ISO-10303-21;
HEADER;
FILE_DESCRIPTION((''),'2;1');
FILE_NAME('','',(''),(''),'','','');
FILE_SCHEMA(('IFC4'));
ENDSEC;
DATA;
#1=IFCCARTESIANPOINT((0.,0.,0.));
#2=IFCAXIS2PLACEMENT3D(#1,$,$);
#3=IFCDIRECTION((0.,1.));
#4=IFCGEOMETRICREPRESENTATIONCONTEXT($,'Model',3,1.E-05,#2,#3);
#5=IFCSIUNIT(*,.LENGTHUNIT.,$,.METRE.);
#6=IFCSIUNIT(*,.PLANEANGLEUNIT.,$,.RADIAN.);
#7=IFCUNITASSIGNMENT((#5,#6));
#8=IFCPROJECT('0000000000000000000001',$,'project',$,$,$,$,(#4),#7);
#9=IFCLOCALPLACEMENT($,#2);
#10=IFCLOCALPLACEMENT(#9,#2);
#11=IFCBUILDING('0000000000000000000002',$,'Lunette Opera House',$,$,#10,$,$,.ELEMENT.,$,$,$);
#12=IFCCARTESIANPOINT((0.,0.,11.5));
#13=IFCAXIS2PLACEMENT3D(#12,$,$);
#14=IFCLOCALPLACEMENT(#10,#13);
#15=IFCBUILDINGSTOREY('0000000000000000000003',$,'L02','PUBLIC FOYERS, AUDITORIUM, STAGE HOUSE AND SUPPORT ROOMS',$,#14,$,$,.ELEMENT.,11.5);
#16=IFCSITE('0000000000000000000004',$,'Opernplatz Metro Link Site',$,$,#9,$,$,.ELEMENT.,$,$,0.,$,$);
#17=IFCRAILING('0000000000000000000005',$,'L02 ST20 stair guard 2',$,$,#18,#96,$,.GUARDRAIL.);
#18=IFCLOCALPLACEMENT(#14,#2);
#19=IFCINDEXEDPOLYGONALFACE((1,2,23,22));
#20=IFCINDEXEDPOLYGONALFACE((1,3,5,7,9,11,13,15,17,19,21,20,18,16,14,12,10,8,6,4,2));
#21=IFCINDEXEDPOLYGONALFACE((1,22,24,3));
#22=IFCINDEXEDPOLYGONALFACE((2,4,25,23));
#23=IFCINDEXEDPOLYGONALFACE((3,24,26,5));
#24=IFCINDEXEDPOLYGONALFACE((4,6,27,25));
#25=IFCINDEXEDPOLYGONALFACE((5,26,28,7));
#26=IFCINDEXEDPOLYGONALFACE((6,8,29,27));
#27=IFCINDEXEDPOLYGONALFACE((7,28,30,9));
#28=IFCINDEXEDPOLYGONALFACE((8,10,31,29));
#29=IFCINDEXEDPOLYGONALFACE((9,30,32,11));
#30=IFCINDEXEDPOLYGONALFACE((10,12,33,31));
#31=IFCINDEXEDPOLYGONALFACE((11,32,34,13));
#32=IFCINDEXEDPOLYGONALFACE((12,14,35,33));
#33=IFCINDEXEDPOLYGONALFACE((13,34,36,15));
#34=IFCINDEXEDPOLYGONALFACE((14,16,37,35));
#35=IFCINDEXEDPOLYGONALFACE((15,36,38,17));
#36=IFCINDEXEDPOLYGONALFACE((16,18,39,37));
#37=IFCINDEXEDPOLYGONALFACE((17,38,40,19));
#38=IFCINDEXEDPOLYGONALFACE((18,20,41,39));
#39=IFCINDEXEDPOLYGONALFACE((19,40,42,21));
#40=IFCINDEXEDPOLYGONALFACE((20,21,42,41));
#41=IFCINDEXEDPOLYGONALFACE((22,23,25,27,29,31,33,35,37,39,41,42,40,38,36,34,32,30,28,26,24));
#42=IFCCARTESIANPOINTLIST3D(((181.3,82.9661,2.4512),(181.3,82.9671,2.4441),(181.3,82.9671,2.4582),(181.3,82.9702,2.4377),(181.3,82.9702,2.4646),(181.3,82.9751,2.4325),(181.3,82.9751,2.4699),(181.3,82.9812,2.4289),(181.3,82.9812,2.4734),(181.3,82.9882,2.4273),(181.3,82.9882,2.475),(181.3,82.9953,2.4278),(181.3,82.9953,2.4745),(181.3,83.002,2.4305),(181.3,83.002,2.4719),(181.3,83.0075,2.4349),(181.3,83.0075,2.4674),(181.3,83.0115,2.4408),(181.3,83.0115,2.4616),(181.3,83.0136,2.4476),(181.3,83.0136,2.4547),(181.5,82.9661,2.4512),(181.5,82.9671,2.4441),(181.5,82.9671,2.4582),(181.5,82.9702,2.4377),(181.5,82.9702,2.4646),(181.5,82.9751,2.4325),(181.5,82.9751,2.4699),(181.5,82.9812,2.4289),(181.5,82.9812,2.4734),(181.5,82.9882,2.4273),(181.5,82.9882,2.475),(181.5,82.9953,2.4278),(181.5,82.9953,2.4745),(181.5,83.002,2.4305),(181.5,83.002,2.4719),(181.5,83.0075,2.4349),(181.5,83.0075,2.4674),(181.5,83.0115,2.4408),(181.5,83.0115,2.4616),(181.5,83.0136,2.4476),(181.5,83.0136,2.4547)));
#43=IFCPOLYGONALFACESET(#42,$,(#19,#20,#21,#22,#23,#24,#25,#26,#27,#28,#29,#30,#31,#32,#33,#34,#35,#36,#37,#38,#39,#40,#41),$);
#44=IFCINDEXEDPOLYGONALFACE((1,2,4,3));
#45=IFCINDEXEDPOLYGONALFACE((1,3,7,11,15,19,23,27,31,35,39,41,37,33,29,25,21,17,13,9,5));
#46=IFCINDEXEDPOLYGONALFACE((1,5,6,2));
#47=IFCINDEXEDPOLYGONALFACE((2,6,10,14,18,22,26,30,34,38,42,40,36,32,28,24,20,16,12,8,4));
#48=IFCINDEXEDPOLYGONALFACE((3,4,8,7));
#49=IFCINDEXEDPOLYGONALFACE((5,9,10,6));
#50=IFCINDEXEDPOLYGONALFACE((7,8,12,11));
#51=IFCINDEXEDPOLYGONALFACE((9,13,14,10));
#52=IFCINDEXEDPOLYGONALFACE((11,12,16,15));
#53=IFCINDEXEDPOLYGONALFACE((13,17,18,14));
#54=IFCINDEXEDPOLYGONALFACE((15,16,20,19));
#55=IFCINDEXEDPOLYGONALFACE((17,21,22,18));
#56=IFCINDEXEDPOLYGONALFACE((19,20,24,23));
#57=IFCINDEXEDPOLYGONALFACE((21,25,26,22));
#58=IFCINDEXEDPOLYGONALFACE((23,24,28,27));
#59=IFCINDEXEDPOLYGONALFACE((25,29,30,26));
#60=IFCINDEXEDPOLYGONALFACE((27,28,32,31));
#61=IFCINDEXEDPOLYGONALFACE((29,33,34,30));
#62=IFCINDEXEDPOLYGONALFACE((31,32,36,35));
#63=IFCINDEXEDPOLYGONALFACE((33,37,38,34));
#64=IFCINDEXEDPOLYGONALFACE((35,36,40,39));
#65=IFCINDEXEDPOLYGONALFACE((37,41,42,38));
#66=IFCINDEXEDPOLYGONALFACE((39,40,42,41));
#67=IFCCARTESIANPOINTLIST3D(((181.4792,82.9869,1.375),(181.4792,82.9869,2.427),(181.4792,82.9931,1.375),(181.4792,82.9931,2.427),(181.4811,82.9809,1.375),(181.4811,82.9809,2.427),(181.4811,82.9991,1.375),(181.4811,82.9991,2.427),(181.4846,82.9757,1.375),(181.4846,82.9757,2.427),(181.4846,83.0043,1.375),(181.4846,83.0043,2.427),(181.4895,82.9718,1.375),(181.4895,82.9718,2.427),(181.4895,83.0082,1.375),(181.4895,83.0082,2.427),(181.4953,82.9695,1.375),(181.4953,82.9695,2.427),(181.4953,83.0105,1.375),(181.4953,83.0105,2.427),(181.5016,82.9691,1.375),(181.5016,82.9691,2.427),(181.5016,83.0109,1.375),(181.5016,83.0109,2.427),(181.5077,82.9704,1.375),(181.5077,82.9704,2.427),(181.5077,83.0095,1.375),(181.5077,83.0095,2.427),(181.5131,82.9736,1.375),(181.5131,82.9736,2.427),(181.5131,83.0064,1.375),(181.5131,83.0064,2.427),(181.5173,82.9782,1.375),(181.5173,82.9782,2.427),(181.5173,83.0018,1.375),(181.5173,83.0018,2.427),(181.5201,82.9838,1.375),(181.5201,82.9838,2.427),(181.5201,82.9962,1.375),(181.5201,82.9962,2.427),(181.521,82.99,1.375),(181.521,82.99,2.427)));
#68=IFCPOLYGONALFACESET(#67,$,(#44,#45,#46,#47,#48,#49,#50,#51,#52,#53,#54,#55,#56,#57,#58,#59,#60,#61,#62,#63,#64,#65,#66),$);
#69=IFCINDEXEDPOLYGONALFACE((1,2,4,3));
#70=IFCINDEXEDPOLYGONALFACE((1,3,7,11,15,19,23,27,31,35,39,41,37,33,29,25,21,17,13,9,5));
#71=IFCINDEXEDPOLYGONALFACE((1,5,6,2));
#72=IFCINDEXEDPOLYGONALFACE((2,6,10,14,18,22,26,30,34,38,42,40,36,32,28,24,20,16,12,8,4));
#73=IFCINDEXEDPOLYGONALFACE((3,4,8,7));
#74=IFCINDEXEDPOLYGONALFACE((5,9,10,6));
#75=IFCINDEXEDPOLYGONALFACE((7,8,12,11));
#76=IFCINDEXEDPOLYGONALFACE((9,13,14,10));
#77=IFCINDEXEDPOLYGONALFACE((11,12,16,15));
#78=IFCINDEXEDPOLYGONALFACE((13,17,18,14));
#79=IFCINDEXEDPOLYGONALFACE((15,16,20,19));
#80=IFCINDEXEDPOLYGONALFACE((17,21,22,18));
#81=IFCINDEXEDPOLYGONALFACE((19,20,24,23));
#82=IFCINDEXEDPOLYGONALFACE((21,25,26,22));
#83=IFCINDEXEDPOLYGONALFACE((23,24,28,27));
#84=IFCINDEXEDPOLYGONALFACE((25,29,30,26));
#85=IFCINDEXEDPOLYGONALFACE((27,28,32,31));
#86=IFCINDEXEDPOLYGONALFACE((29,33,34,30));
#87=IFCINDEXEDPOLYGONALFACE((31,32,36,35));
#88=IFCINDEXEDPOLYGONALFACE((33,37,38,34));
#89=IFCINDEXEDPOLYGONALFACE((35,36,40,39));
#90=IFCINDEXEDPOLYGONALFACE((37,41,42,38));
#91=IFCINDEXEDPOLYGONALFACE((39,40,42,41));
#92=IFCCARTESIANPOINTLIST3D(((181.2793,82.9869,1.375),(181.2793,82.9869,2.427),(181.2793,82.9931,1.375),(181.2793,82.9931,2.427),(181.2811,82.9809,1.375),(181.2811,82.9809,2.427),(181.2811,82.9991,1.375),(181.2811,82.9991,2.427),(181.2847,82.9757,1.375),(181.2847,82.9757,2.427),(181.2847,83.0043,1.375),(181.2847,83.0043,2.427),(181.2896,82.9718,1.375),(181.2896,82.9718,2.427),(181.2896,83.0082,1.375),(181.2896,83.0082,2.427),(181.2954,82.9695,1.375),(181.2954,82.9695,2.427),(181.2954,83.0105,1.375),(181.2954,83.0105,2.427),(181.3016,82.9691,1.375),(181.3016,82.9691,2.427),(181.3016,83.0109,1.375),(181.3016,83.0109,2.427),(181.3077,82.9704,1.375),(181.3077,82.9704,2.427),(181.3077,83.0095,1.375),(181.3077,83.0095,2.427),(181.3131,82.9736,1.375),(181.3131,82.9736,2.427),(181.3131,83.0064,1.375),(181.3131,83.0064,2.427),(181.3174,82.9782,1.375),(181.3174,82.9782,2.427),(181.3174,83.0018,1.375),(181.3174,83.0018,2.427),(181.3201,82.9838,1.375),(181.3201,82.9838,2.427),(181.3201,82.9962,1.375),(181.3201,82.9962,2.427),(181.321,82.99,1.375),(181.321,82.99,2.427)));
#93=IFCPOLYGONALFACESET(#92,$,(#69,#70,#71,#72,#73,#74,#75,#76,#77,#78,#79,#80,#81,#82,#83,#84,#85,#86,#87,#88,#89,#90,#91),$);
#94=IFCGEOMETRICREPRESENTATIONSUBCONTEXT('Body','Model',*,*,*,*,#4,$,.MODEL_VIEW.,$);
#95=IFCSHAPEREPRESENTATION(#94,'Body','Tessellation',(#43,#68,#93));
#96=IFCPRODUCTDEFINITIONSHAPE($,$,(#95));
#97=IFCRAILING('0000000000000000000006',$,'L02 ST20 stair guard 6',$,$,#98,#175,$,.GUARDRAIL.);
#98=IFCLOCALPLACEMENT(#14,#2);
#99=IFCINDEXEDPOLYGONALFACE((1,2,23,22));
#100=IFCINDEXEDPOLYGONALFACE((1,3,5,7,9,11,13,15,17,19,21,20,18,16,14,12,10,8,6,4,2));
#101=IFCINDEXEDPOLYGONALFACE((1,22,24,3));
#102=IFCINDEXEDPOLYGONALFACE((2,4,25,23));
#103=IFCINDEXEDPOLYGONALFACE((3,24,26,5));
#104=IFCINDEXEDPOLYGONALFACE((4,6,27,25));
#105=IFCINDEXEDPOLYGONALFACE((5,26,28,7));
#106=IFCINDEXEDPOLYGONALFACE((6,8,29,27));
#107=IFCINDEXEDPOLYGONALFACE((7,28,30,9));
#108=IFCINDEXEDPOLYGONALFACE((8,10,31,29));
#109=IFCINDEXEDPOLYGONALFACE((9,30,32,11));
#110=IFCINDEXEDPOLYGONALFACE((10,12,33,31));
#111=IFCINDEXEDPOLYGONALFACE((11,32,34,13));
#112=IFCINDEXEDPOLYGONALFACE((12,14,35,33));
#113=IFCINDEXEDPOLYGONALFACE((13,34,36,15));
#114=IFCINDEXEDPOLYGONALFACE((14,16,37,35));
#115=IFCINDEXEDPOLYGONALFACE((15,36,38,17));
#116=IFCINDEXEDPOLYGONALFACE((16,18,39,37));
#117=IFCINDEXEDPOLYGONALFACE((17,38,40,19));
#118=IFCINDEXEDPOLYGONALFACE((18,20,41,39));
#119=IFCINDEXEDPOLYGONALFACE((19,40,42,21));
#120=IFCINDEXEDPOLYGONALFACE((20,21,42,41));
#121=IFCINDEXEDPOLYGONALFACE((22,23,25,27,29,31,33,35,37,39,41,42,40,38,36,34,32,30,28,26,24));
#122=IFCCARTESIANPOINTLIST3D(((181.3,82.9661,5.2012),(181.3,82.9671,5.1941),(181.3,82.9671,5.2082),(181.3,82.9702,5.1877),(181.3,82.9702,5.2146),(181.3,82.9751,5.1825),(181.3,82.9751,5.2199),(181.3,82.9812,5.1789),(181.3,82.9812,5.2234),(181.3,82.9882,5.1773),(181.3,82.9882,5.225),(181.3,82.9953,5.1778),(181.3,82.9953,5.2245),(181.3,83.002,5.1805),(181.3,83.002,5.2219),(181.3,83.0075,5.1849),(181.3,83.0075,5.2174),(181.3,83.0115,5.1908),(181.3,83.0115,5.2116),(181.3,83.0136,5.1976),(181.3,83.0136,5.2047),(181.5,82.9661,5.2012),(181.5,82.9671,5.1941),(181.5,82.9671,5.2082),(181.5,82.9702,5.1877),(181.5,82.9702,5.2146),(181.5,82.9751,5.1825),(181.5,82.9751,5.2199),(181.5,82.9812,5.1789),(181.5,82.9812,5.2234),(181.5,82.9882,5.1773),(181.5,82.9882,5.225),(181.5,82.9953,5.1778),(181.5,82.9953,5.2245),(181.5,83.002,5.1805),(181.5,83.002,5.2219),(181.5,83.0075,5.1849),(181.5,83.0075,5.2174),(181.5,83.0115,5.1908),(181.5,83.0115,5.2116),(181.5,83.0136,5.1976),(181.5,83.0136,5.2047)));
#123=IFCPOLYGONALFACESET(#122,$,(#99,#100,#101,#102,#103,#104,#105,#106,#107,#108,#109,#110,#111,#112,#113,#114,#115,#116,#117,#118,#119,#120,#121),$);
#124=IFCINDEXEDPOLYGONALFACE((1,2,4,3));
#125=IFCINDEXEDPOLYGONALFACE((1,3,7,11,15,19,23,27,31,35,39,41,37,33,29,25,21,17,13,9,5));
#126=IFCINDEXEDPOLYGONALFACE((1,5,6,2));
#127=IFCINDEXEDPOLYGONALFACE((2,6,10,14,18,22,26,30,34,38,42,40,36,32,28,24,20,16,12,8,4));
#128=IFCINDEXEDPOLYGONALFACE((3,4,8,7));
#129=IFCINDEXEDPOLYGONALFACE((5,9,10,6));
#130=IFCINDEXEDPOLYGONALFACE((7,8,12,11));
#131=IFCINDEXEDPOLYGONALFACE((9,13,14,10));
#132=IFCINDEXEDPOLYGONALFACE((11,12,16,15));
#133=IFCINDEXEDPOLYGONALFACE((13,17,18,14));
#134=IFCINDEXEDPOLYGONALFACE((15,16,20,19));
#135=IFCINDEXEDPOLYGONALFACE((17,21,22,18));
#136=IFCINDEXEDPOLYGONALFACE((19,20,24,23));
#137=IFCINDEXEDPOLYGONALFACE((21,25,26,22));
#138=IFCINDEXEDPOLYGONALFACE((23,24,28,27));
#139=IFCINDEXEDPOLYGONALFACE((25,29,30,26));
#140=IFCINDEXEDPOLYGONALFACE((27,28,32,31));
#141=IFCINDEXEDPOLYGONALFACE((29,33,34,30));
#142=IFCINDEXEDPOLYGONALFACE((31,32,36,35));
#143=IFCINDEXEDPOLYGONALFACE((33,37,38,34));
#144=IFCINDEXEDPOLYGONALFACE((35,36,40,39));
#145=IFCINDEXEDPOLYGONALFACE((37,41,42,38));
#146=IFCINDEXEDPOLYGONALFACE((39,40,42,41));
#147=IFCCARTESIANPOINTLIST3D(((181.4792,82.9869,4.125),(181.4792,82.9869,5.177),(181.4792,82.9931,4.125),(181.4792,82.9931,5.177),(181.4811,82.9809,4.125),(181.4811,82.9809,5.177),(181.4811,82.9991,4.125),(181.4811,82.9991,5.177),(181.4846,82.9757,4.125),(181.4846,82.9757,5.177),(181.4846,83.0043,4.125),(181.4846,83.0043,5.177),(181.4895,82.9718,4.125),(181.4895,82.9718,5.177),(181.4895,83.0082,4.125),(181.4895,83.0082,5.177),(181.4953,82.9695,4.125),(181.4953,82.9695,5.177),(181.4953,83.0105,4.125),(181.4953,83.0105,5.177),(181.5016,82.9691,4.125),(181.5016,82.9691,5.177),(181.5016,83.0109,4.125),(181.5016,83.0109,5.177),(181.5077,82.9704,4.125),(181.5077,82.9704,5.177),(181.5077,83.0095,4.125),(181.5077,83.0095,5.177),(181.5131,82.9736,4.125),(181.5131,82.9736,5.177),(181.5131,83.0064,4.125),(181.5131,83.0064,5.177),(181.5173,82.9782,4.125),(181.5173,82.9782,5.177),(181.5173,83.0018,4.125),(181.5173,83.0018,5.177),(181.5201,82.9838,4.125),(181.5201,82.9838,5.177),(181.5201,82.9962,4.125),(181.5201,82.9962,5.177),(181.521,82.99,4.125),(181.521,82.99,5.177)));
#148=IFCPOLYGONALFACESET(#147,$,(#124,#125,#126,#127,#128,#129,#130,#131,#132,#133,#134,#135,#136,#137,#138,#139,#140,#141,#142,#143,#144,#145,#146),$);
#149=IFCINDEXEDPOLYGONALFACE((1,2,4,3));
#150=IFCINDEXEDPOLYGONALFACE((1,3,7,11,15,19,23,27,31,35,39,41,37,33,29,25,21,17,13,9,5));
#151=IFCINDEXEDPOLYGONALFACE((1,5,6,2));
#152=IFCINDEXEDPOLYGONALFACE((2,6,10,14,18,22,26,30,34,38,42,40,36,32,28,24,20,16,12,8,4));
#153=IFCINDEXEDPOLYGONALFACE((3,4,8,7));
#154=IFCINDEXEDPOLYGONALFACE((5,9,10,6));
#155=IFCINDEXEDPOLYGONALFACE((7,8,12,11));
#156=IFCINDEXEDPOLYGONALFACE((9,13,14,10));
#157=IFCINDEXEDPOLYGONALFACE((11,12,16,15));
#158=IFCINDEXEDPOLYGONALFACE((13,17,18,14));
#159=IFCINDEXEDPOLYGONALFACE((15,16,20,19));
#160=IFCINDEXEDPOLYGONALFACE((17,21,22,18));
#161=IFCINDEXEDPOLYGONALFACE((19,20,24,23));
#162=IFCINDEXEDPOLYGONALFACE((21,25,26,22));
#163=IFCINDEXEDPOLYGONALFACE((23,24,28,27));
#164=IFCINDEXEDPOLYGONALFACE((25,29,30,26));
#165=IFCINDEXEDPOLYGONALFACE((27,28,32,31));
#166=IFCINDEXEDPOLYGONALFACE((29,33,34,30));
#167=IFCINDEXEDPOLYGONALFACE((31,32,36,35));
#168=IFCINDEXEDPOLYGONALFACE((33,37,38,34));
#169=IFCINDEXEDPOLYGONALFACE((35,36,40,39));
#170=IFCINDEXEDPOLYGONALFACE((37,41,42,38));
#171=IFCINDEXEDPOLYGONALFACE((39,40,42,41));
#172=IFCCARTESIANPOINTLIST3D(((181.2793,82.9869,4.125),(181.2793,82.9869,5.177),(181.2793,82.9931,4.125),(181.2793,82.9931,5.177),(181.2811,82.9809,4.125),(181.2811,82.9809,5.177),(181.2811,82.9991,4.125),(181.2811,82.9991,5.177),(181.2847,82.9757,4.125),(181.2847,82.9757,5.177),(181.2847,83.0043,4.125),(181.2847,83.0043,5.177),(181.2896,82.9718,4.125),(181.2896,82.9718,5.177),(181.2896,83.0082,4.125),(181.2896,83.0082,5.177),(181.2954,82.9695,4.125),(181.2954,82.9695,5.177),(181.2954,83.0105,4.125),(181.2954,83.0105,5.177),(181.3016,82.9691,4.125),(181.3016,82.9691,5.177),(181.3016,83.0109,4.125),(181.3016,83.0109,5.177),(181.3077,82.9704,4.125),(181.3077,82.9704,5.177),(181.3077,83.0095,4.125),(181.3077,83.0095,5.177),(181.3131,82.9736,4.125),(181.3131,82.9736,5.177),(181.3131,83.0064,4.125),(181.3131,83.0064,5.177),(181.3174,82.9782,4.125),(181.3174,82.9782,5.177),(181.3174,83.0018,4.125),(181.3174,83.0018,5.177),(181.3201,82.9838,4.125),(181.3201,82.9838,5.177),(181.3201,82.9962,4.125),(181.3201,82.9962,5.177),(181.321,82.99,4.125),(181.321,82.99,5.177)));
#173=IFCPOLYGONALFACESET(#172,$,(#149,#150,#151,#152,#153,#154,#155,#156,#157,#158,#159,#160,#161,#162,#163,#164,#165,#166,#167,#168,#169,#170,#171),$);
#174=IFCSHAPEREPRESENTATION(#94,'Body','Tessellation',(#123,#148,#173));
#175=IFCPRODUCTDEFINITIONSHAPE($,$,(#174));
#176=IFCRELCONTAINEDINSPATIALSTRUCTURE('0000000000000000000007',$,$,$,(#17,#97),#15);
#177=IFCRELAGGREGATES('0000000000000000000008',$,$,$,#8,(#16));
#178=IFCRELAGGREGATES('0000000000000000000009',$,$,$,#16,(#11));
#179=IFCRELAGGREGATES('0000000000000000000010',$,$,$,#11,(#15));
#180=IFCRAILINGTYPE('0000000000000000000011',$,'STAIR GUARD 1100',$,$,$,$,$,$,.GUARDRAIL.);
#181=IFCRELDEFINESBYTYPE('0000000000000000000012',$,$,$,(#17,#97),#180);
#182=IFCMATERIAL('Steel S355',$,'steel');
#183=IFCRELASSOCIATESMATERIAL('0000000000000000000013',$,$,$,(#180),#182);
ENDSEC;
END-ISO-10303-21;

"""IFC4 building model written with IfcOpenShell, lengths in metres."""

from ifc_helpers import new_model, si_unit, direction, frame, origin, origin_2d, place, context, subcontext, project, spatial, circle, extrude, material, type_object, element, save


model = new_model("IFC4")

# Units and contexts
model_context = context("Model", 3, precision=1e-05, world=origin(), true_north=direction((0.0, 1.0)))
body_context = subcontext(model_context, "Body", "Model", "MODEL_VIEW")
ifc_project = project(units=[si_unit("LENGTHUNIT", "METRE"), si_unit("PLANEANGLEUNIT", "RADIAN")], contexts=[model_context])

# Site, building, storey
site_placement = place(None, origin())
site = spatial("IfcSite", under=ifc_project, at=site_placement, Name="Opernplatz Metro Link Site", CompositionType="ELEMENT", RefElevation=0.0)
building_placement = place(site_placement, origin())
building = spatial("IfcBuilding", under=site, at=building_placement, Name="Lunette Opera House", CompositionType="ELEMENT")
storey_placement = place(building_placement, frame((0.0, 0.0, 11.5)))
storey = spatial("IfcBuildingStorey", under=building, at=storey_placement, Name="L02", Description="PUBLIC FOYERS, AUDITORIUM, STAGE HOUSE AND SUPPORT ROOMS", CompositionType="ELEMENT", Elevation=11.5)

# Railings
ifc_material_1 = material(Name="Steel S355", Category="steel")
railing_type = type_object("IfcRailingType", Name="STAIR GUARD 1100", PredefinedType="GUARDRAIL", material=ifc_material_1)
for number, where, name in (
    (1, (181.5, 82.99, 1.375), "L02 ST20 stair guard 2"),
    (2, (181.5, 82.99, 4.125), "L02 ST20 stair guard 6"),
):
    element("IfcRailing", number, at=place(storey_placement, frame(where)), inside=storey, type_object=railing_type, Name=name, PredefinedType="GUARDRAIL", context=body_context, shape_type="SweptSolid", body=[
        extrude(circle(Radius=0.0239, at=origin_2d()), frame((0.0, 0.0, 1.0762), z_axis=(-1.0, 0.0, 0.0), x_axis=(0.0, -1.0, 0.0)), (0.0, 0.0, 1.0), 0.2),
        extrude(circle(Radius=0.021, at=origin_2d()), origin(), (0.0, 0.0, 1.0), 1.052),
        extrude(circle(Radius=0.021, at=origin_2d()), frame((-0.2, 0.0, 0.0)), (0.0, 0.0, 1.0), 1.052),
    ])

save(model, "model.ifc")
